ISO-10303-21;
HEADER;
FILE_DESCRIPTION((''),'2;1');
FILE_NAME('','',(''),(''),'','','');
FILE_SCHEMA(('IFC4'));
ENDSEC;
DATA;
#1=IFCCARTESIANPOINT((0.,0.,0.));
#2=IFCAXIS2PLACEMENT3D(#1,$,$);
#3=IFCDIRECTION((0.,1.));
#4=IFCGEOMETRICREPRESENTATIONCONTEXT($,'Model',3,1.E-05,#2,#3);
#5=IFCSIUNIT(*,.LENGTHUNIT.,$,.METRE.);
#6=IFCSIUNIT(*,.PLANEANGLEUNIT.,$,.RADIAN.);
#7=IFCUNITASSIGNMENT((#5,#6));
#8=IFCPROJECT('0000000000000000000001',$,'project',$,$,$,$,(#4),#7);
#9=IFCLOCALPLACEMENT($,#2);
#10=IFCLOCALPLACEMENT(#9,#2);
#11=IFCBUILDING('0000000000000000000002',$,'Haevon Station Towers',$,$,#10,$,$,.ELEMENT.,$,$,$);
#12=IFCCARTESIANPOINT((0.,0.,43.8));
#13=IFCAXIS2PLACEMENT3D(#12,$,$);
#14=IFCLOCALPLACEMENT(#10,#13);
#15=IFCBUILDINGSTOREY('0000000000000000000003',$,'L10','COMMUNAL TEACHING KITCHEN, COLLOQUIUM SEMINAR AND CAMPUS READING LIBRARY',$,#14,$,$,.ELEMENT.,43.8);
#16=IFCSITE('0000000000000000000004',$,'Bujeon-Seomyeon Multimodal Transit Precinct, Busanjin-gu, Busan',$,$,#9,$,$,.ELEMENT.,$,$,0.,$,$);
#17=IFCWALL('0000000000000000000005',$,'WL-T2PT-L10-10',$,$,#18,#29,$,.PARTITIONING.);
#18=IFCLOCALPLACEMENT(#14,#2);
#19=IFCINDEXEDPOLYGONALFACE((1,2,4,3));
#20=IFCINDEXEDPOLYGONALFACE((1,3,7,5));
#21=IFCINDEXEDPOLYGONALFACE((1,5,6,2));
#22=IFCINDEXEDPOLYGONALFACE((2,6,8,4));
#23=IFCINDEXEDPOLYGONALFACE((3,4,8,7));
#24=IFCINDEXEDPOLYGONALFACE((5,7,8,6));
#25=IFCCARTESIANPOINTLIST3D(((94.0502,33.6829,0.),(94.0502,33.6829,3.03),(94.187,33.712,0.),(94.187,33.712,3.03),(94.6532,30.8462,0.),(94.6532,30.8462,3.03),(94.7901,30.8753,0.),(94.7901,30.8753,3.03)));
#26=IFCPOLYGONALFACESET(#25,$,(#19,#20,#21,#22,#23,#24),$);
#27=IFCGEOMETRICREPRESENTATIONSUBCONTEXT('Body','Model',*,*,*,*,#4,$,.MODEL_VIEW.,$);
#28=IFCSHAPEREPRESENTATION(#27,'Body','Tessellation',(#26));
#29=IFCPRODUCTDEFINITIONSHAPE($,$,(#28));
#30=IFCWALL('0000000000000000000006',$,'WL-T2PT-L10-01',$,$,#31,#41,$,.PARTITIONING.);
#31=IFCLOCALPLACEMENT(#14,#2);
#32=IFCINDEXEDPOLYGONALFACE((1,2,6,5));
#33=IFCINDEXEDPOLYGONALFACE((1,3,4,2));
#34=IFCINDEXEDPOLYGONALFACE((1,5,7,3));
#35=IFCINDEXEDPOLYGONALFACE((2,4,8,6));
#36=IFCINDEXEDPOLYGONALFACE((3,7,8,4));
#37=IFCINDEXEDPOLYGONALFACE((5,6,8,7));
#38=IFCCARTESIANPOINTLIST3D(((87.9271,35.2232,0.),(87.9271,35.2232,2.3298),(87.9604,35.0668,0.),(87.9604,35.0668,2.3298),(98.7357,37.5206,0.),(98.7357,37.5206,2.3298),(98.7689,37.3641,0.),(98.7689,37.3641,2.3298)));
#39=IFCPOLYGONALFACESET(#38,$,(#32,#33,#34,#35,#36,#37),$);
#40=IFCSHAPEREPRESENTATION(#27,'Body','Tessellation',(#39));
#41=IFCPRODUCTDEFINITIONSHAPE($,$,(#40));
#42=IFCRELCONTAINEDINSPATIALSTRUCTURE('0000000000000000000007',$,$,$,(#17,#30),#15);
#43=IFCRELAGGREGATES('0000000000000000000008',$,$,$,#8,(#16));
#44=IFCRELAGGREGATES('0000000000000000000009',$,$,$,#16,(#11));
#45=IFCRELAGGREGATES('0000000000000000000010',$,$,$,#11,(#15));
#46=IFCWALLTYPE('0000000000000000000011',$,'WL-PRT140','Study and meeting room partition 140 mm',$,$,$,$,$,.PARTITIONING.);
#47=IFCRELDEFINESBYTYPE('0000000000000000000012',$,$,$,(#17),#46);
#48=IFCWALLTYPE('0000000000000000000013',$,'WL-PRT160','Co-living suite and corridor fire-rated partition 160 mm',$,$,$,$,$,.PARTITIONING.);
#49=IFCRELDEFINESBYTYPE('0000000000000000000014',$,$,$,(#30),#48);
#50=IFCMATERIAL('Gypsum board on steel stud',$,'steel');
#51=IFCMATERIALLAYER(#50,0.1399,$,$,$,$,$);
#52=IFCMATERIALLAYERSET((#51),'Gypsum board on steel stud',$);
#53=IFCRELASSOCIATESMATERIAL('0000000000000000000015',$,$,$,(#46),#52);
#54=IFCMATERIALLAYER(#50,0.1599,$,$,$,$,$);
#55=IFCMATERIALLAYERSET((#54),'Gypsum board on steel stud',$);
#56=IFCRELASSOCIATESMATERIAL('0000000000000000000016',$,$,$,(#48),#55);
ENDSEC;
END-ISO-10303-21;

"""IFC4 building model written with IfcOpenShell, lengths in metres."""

from ifc_helpers import new_model, si_unit, direction, frame, frame_2d, origin, place, context, subcontext, project, spatial, rectangle, extrude, material, layer, layer_set, type_object, element, save


model = new_model("IFC4")

# Units and contexts
model_context = context("Model", 3, precision=1e-05, world=origin(), true_north=direction((0.0, 1.0)))
body_context = subcontext(model_context, "Body", "Model", "MODEL_VIEW")
ifc_project = project(units=[si_unit("LENGTHUNIT", "METRE"), si_unit("PLANEANGLEUNIT", "RADIAN")], contexts=[model_context])

# Site, building, storey
site_placement = place(None, origin())
site = spatial("IfcSite", under=ifc_project, at=site_placement, Name="Bujeon-Seomyeon Multimodal Transit Precinct, Busanjin-gu, Busan", CompositionType="ELEMENT", RefElevation=0.0)
building_placement = place(site_placement, origin())
building = spatial("IfcBuilding", under=site, at=building_placement, Name="Haevon Station Towers", CompositionType="ELEMENT")
storey_placement = place(building_placement, frame((0.0, 0.0, 43.8)))
storey = spatial("IfcBuildingStorey", under=building, at=storey_placement, Name="L10", Description="COMMUNAL TEACHING KITCHEN, COLLOQUIUM SEMINAR AND CAMPUS READING LIBRARY", CompositionType="ELEMENT", Elevation=43.8)

# Walls
ifc_material_1 = material(Name="Gypsum board on steel stud", Category="steel")
ifc_layer_1 = layer(ifc_material_1, 0.1399)
ifc_layer_set_1 = layer_set([ifc_layer_1], Name="Gypsum board on steel stud")
wall_type_1 = type_object("IfcWallType", Name="WL-PRT140", Description="Study and meeting room partition 140 mm", PredefinedType="PARTITIONING", material=ifc_layer_set_1)
wall_1_placement = place(storey_placement, frame((94.7217, 30.8606, 0.0), z_axis=(0.0, 0.0, 1.0), x_axis=(-0.207936, 0.978142, 0.0)))
element("IfcWall", 1, at=wall_1_placement, inside=storey, type_object=wall_type_1, Name="WL-T2PT-L10-10", PredefinedType="PARTITIONING", context=body_context, shape_type="SweptSolid", body=[
    extrude(rectangle(XDim=2.9001, YDim=0.1399, at=frame_2d((1.4502, 0.0))), origin(), (0.0, 0.0, 1.0), 3.03),
])
ifc_layer_2 = layer(ifc_material_1, 0.1599)
ifc_layer_set_2 = layer_set([ifc_layer_2], Name="Gypsum board on steel stud")
wall_type_2 = type_object("IfcWallType", Name="WL-PRT160", Description="Co-living suite and corridor fire-rated partition 160 mm", PredefinedType="PARTITIONING", material=ifc_layer_set_2)
wall_2_placement = place(storey_placement, frame((87.9438, 35.145, 0.0), z_axis=(0.0, 0.0, 1.0), x_axis=(0.978149, 0.207905, 0.0)))
element("IfcWall", 2, at=wall_2_placement, inside=storey, type_object=wall_type_2, Name="WL-T2PT-L10-01", PredefinedType="PARTITIONING", context=body_context, shape_type="SweptSolid", body=[
    extrude(rectangle(XDim=11.05, YDim=0.1599, at=frame_2d((5.5249, 0.0))), origin(), (0.0, 0.0, 1.0), 2.3298),
])

save(model, "model.ifc")
